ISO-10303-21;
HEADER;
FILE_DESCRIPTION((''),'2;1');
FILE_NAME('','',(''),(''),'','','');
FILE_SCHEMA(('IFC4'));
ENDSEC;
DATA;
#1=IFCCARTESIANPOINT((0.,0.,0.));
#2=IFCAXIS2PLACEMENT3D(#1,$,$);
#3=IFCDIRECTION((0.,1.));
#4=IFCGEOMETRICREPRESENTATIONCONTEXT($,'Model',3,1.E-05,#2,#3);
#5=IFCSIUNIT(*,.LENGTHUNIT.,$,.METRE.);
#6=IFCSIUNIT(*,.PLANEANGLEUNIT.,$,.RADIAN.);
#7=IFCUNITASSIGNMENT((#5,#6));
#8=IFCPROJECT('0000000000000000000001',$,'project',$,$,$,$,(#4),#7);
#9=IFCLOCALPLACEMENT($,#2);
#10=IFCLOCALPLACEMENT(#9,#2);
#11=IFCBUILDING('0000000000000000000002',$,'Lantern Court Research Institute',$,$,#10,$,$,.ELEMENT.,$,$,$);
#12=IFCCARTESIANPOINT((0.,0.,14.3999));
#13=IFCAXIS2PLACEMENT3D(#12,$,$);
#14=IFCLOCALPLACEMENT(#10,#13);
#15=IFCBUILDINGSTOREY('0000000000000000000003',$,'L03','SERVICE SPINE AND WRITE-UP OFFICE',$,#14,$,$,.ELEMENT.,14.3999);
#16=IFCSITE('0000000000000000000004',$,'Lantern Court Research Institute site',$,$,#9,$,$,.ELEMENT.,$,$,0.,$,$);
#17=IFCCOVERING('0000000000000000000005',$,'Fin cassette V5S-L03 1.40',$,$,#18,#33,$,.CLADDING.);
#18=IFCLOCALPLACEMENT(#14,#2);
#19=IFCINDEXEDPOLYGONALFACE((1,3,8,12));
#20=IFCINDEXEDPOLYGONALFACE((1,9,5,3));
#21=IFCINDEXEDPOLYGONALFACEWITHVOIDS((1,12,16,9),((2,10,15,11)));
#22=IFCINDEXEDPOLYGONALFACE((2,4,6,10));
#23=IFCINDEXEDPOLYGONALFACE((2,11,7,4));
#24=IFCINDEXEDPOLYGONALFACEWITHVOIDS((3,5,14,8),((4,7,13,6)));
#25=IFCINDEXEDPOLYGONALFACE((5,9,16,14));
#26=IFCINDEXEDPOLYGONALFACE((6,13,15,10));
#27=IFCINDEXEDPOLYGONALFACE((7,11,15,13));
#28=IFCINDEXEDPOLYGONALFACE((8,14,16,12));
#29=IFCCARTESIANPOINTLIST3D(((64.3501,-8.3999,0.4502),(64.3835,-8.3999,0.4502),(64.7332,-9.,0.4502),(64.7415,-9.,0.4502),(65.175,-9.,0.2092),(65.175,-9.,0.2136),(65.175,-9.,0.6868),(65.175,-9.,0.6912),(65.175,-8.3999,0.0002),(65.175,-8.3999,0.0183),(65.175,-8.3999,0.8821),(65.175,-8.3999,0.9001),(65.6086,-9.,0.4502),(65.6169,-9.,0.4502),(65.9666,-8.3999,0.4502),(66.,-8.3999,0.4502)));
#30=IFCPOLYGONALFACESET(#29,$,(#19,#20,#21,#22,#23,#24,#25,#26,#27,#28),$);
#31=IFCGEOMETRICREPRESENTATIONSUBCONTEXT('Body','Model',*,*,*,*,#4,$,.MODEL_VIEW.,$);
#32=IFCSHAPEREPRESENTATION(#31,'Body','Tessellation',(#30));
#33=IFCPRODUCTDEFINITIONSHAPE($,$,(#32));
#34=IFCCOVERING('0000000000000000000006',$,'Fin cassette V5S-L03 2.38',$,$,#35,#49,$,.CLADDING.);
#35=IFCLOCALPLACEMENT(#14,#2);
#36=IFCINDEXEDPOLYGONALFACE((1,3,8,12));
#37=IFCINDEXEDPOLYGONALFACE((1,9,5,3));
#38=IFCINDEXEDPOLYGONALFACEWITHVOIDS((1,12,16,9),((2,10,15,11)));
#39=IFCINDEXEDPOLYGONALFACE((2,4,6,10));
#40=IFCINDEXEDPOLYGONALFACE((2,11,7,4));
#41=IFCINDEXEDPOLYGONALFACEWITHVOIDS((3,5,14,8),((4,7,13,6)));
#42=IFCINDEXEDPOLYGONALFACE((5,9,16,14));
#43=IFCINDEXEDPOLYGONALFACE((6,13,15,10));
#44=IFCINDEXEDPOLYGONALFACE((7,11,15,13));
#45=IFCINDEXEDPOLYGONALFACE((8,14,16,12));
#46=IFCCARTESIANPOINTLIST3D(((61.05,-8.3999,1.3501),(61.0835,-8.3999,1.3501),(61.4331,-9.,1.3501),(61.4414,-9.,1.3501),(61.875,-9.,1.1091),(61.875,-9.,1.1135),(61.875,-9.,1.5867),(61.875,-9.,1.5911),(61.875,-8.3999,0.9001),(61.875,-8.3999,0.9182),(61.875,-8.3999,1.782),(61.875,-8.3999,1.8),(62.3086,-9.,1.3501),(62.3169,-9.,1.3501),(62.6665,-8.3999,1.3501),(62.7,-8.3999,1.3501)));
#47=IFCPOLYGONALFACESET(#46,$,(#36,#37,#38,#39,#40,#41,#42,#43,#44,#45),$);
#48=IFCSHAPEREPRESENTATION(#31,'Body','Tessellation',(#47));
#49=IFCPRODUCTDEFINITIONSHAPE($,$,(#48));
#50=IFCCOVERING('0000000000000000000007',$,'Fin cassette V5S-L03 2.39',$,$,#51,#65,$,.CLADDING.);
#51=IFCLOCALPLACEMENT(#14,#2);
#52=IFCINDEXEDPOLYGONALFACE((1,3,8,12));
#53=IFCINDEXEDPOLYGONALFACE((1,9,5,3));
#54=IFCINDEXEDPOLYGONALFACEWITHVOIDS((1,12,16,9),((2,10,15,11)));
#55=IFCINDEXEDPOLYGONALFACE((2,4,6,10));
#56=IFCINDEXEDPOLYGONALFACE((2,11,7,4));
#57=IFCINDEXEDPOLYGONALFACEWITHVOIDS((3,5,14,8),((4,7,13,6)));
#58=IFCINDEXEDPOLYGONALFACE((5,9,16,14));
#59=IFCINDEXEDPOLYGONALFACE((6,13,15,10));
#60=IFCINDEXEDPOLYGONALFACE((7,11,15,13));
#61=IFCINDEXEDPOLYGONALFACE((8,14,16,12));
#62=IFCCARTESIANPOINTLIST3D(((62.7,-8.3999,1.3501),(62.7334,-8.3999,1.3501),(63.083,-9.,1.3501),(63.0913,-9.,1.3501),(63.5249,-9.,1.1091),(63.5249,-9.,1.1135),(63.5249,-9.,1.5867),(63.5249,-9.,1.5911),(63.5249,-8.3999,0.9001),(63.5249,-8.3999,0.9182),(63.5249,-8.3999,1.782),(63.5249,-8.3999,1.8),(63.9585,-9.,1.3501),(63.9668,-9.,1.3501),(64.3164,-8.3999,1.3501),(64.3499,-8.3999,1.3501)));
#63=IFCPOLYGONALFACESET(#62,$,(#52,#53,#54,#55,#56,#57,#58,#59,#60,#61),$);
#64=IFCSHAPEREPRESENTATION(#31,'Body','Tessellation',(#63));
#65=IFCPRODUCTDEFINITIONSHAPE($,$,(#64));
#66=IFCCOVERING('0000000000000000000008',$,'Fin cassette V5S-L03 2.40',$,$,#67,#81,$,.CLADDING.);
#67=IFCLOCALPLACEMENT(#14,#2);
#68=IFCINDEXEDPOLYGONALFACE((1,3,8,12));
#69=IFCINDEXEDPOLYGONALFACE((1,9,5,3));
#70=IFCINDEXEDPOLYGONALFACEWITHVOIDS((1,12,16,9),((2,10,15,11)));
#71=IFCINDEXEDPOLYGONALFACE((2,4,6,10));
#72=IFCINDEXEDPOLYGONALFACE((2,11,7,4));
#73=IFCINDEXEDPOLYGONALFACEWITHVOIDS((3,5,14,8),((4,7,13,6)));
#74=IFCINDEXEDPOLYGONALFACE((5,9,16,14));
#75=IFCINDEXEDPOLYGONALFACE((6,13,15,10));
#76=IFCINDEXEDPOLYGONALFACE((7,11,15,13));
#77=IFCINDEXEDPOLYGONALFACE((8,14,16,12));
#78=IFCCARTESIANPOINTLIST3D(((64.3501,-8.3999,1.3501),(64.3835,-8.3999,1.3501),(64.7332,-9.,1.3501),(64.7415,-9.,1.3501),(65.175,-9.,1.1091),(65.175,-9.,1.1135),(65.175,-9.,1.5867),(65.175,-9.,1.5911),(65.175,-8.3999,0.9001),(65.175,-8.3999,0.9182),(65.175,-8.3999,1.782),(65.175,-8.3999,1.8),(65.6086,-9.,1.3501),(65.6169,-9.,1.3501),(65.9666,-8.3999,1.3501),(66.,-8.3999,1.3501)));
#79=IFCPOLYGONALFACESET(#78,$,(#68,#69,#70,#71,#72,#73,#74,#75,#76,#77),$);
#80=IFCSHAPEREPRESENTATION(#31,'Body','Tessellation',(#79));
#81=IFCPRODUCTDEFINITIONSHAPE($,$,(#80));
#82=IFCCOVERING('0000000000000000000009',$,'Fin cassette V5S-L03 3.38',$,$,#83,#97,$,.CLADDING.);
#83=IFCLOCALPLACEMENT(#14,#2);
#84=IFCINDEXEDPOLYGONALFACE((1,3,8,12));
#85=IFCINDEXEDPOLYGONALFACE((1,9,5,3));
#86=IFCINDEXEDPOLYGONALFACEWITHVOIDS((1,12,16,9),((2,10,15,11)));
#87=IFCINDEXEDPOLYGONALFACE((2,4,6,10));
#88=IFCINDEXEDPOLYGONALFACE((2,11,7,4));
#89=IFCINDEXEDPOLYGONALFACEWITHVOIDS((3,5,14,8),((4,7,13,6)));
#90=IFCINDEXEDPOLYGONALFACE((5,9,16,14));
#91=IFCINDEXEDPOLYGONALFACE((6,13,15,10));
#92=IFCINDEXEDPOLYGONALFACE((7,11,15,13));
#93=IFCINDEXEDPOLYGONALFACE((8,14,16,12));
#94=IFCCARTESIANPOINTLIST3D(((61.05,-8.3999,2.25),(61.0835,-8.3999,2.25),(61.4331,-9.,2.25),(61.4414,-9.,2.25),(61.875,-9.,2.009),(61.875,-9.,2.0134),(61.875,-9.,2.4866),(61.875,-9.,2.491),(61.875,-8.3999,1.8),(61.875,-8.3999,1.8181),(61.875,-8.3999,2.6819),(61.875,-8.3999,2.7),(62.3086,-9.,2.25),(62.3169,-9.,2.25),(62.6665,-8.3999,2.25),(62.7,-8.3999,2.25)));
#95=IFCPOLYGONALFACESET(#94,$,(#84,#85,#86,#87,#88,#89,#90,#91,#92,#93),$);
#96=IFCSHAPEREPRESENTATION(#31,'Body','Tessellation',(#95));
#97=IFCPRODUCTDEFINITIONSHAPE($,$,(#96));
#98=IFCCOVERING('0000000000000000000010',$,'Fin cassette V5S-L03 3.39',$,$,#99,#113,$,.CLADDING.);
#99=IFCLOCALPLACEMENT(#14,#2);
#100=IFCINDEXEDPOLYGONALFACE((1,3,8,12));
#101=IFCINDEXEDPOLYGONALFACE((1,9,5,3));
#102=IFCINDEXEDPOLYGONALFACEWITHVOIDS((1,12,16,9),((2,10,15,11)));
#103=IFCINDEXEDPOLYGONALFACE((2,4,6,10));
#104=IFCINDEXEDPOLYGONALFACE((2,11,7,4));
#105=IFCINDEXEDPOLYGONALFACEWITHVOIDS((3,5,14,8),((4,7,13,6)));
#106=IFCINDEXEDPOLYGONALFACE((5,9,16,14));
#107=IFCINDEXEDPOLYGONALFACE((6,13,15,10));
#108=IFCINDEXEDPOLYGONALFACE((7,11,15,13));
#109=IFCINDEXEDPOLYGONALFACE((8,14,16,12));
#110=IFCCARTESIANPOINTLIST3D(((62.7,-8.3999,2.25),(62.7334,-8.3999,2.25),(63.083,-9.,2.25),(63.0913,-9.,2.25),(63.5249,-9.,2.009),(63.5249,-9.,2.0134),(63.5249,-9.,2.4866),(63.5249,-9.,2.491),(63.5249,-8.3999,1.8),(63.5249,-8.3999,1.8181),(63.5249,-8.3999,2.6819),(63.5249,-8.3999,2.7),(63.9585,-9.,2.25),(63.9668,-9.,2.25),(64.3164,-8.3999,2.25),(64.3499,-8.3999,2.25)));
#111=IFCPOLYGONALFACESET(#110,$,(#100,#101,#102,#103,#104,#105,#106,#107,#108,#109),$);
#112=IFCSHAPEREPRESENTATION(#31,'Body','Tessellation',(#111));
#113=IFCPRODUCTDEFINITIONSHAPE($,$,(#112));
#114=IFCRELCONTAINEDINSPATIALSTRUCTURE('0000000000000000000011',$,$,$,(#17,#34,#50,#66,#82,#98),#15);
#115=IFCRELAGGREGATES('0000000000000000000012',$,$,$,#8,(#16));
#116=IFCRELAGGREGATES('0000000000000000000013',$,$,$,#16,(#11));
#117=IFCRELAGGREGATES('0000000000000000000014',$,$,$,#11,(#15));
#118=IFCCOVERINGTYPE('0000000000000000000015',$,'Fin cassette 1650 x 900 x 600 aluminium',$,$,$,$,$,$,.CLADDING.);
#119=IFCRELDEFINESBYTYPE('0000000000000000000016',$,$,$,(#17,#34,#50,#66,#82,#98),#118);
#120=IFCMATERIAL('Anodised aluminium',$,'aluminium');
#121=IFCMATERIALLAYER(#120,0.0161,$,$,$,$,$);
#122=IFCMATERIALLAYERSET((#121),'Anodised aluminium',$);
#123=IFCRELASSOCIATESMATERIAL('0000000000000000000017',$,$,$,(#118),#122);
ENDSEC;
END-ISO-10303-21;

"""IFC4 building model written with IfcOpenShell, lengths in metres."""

from ifc_helpers import new_model, entity, si_unit, direction, frame, origin, place, context, subcontext, project, spatial, material, layer, layer_set, type_object, element, save


model = new_model("IFC4")

# Units and contexts
model_context = context("Model", 3, precision=1e-05, world=origin(), true_north=direction((0.0, 1.0)))
body_context = subcontext(model_context, "Body", "Model", "MODEL_VIEW")
ifc_project = project(units=[si_unit("LENGTHUNIT", "METRE"), si_unit("PLANEANGLEUNIT", "RADIAN")], contexts=[model_context])

# Site, building, storey
site_placement = place(None, origin())
site = spatial("IfcSite", under=ifc_project, at=site_placement, Name="Lantern Court Research Institute site", CompositionType="ELEMENT", RefElevation=0.0)
building_placement = place(site_placement, origin())
building = spatial("IfcBuilding", under=site, at=building_placement, Name="Lantern Court Research Institute", CompositionType="ELEMENT")
storey_placement = place(building_placement, frame((0.0, 0.0, 14.3999)))
storey = spatial("IfcBuildingStorey", under=building, at=storey_placement, Name="L03", Description="SERVICE SPINE AND WRITE-UP OFFICE", CompositionType="ELEMENT", Elevation=14.3999)

# Coverings
ifc_material_1 = material(Name="Anodised aluminium", Category="aluminium")
ifc_layer_1 = layer(ifc_material_1, 0.0161)
ifc_layer_set_1 = layer_set([ifc_layer_1], Name="Anodised aluminium")
covering_type = type_object("IfcCoveringType", Name="Fin cassette 1650 x 900 x 600 aluminium", PredefinedType="CLADDING", material=ifc_layer_set_1)
covering_1_placement = place(storey_placement, frame((65.175, -8.3999, 0.4502), z_axis=(0.0, -1.0, 0.0), x_axis=(1.0, 0.0, 0.0)))
cartesian_point_1 = entity("IfcCartesianPoint", [0.825, 0.0])
cartesian_point_2 = entity("IfcCartesianPoint", [0.7915, 0.0])
cartesian_point_3 = entity("IfcCartesianPoint", [0.4419, 0.0])
cartesian_point_4 = entity("IfcCartesianPoint", [0.4336, 0.0])
element("IfcCovering", 1, at=covering_1_placement, inside=storey, type_object=covering_type, Name="Fin cassette V5S-L03 1.40", PredefinedType="CLADDING", context=body_context, shape_type="SweptSolid", body=[
    entity("IfcExtrudedAreaSolidTapered", entity("IfcArbitraryProfileDefWithVoids", "AREA", None, entity("IfcPolyline", [cartesian_point_1, entity("IfcCartesianPoint", [0.0, 0.45]), entity("IfcCartesianPoint", [-0.825, 0.0]), entity("IfcCartesianPoint", [0.0, -0.45]), cartesian_point_1]), [entity("IfcPolyline", [cartesian_point_2, entity("IfcCartesianPoint", [0.0, 0.4319]), entity("IfcCartesianPoint", [-0.7915, 0.0]), entity("IfcCartesianPoint", [0.0, -0.4319]), cartesian_point_2])]), entity("IfcAxis2Placement3D", entity("IfcCartesianPoint", [0.0, 0.0, 0.0])), entity("IfcDirection", [0.0, 0.0, 1.0]), 0.6001, entity("IfcArbitraryProfileDefWithVoids", "AREA", None, entity("IfcPolyline", [cartesian_point_3, entity("IfcCartesianPoint", [0.0, 0.241]), entity("IfcCartesianPoint", [-0.4419, 0.0]), entity("IfcCartesianPoint", [0.0, -0.241]), cartesian_point_3]), [entity("IfcPolyline", [cartesian_point_4, entity("IfcCartesianPoint", [0.0, 0.2366]), entity("IfcCartesianPoint", [-0.4336, 0.0]), entity("IfcCartesianPoint", [0.0, -0.2366]), cartesian_point_4])])),
])
covering_2_placement = place(storey_placement, frame((61.875, -8.3999, 1.3501), z_axis=(0.0, -1.0, 0.0), x_axis=(1.0, 0.0, 0.0)))
cartesian_point_5 = entity("IfcCartesianPoint", [0.825, 0.0])
cartesian_point_6 = entity("IfcCartesianPoint", [0.7915, 0.0])
cartesian_point_7 = entity("IfcCartesianPoint", [0.4419, 0.0])
cartesian_point_8 = entity("IfcCartesianPoint", [0.4336, 0.0])
element("IfcCovering", 2, at=covering_2_placement, inside=storey, type_object=covering_type, Name="Fin cassette V5S-L03 2.38", PredefinedType="CLADDING", context=body_context, shape_type="SweptSolid", body=[
    entity("IfcExtrudedAreaSolidTapered", entity("IfcArbitraryProfileDefWithVoids", "AREA", None, entity("IfcPolyline", [cartesian_point_5, entity("IfcCartesianPoint", [0.0, 0.45]), entity("IfcCartesianPoint", [-0.825, 0.0]), entity("IfcCartesianPoint", [0.0, -0.45]), cartesian_point_5]), [entity("IfcPolyline", [cartesian_point_6, entity("IfcCartesianPoint", [0.0, 0.4319]), entity("IfcCartesianPoint", [-0.7915, 0.0]), entity("IfcCartesianPoint", [0.0, -0.4319]), cartesian_point_6])]), entity("IfcAxis2Placement3D", entity("IfcCartesianPoint", [0.0, 0.0, 0.0])), entity("IfcDirection", [0.0, 0.0, 1.0]), 0.6001, entity("IfcArbitraryProfileDefWithVoids", "AREA", None, entity("IfcPolyline", [cartesian_point_7, entity("IfcCartesianPoint", [0.0, 0.241]), entity("IfcCartesianPoint", [-0.4419, 0.0]), entity("IfcCartesianPoint", [0.0, -0.241]), cartesian_point_7]), [entity("IfcPolyline", [cartesian_point_8, entity("IfcCartesianPoint", [0.0, 0.2366]), entity("IfcCartesianPoint", [-0.4336, 0.0]), entity("IfcCartesianPoint", [0.0, -0.2366]), cartesian_point_8])])),
])
covering_3_placement = place(storey_placement, frame((63.5249, -8.3999, 1.3501), z_axis=(0.0, -1.0, 0.0), x_axis=(1.0, 0.0, 0.0)))
cartesian_point_9 = entity("IfcCartesianPoint", [0.825, 0.0])
cartesian_point_10 = entity("IfcCartesianPoint", [0.7915, 0.0])
cartesian_point_11 = entity("IfcCartesianPoint", [0.4419, 0.0])
cartesian_point_12 = entity("IfcCartesianPoint", [0.4336, 0.0])
element("IfcCovering", 3, at=covering_3_placement, inside=storey, type_object=covering_type, Name="Fin cassette V5S-L03 2.39", PredefinedType="CLADDING", context=body_context, shape_type="SweptSolid", body=[
    entity("IfcExtrudedAreaSolidTapered", entity("IfcArbitraryProfileDefWithVoids", "AREA", None, entity("IfcPolyline", [cartesian_point_9, entity("IfcCartesianPoint", [0.0, 0.45]), entity("IfcCartesianPoint", [-0.825, 0.0]), entity("IfcCartesianPoint", [0.0, -0.45]), cartesian_point_9]), [entity("IfcPolyline", [cartesian_point_10, entity("IfcCartesianPoint", [0.0, 0.4319]), entity("IfcCartesianPoint", [-0.7915, 0.0]), entity("IfcCartesianPoint", [0.0, -0.4319]), cartesian_point_10])]), entity("IfcAxis2Placement3D", entity("IfcCartesianPoint", [0.0, 0.0, 0.0])), entity("IfcDirection", [0.0, 0.0, 1.0]), 0.6001, entity("IfcArbitraryProfileDefWithVoids", "AREA", None, entity("IfcPolyline", [cartesian_point_11, entity("IfcCartesianPoint", [0.0, 0.241]), entity("IfcCartesianPoint", [-0.4419, 0.0]), entity("IfcCartesianPoint", [0.0, -0.241]), cartesian_point_11]), [entity("IfcPolyline", [cartesian_point_12, entity("IfcCartesianPoint", [0.0, 0.2366]), entity("IfcCartesianPoint", [-0.4336, 0.0]), entity("IfcCartesianPoint", [0.0, -0.2366]), cartesian_point_12])])),
])
covering_4_placement = place(storey_placement, frame((65.175, -8.3999, 1.3501), z_axis=(0.0, -1.0, 0.0), x_axis=(1.0, 0.0, 0.0)))
cartesian_point_13 = entity("IfcCartesianPoint", [0.825, 0.0])
cartesian_point_14 = entity("IfcCartesianPoint", [0.7915, 0.0])
cartesian_point_15 = entity("IfcCartesianPoint", [0.4419, 0.0])
cartesian_point_16 = entity("IfcCartesianPoint", [0.4336, 0.0])
element("IfcCovering", 4, at=covering_4_placement, inside=storey, type_object=covering_type, Name="Fin cassette V5S-L03 2.40", PredefinedType="CLADDING", context=body_context, shape_type="SweptSolid", body=[
    entity("IfcExtrudedAreaSolidTapered", entity("IfcArbitraryProfileDefWithVoids", "AREA", None, entity("IfcPolyline", [cartesian_point_13, entity("IfcCartesianPoint", [0.0, 0.45]), entity("IfcCartesianPoint", [-0.825, 0.0]), entity("IfcCartesianPoint", [0.0, -0.45]), cartesian_point_13]), [entity("IfcPolyline", [cartesian_point_14, entity("IfcCartesianPoint", [0.0, 0.4319]), entity("IfcCartesianPoint", [-0.7915, 0.0]), entity("IfcCartesianPoint", [0.0, -0.4319]), cartesian_point_14])]), entity("IfcAxis2Placement3D", entity("IfcCartesianPoint", [0.0, 0.0, 0.0])), entity("IfcDirection", [0.0, 0.0, 1.0]), 0.6001, entity("IfcArbitraryProfileDefWithVoids", "AREA", None, entity("IfcPolyline", [cartesian_point_15, entity("IfcCartesianPoint", [0.0, 0.241]), entity("IfcCartesianPoint", [-0.4419, 0.0]), entity("IfcCartesianPoint", [0.0, -0.241]), cartesian_point_15]), [entity("IfcPolyline", [cartesian_point_16, entity("IfcCartesianPoint", [0.0, 0.2366]), entity("IfcCartesianPoint", [-0.4336, 0.0]), entity("IfcCartesianPoint", [0.0, -0.2366]), cartesian_point_16])])),
])
covering_5_placement = place(storey_placement, frame((61.875, -8.3999, 2.25), z_axis=(0.0, -1.0, 0.0), x_axis=(1.0, 0.0, 0.0)))
cartesian_point_17 = entity("IfcCartesianPoint", [0.825, 0.0])
cartesian_point_18 = entity("IfcCartesianPoint", [0.7915, 0.0])
cartesian_point_19 = entity("IfcCartesianPoint", [0.4419, 0.0])
cartesian_point_20 = entity("IfcCartesianPoint", [0.4336, 0.0])
element("IfcCovering", 5, at=covering_5_placement, inside=storey, type_object=covering_type, Name="Fin cassette V5S-L03 3.38", PredefinedType="CLADDING", context=body_context, shape_type="SweptSolid", body=[
    entity("IfcExtrudedAreaSolidTapered", entity("IfcArbitraryProfileDefWithVoids", "AREA", None, entity("IfcPolyline", [cartesian_point_17, entity("IfcCartesianPoint", [0.0, 0.45]), entity("IfcCartesianPoint", [-0.825, 0.0]), entity("IfcCartesianPoint", [0.0, -0.45]), cartesian_point_17]), [entity("IfcPolyline", [cartesian_point_18, entity("IfcCartesianPoint", [0.0, 0.4319]), entity("IfcCartesianPoint", [-0.7915, 0.0]), entity("IfcCartesianPoint", [0.0, -0.4319]), cartesian_point_18])]), entity("IfcAxis2Placement3D", entity("IfcCartesianPoint", [0.0, 0.0, 0.0])), entity("IfcDirection", [0.0, 0.0, 1.0]), 0.6001, entity("IfcArbitraryProfileDefWithVoids", "AREA", None, entity("IfcPolyline", [cartesian_point_19, entity("IfcCartesianPoint", [0.0, 0.241]), entity("IfcCartesianPoint", [-0.4419, 0.0]), entity("IfcCartesianPoint", [0.0, -0.241]), cartesian_point_19]), [entity("IfcPolyline", [cartesian_point_20, entity("IfcCartesianPoint", [0.0, 0.2366]), entity("IfcCartesianPoint", [-0.4336, 0.0]), entity("IfcCartesianPoint", [0.0, -0.2366]), cartesian_point_20])])),
])
covering_6_placement = place(storey_placement, frame((63.5249, -8.3999, 2.25), z_axis=(0.0, -1.0, 0.0), x_axis=(1.0, 0.0, 0.0)))
cartesian_point_21 = entity("IfcCartesianPoint", [0.825, 0.0])
cartesian_point_22 = entity("IfcCartesianPoint", [0.7915, 0.0])
cartesian_point_23 = entity("IfcCartesianPoint", [0.4419, 0.0])
cartesian_point_24 = entity("IfcCartesianPoint", [0.4336, 0.0])
element("IfcCovering", 6, at=covering_6_placement, inside=storey, type_object=covering_type, Name="Fin cassette V5S-L03 3.39", PredefinedType="CLADDING", context=body_context, shape_type="SweptSolid", body=[
    entity("IfcExtrudedAreaSolidTapered", entity("IfcArbitraryProfileDefWithVoids", "AREA", None, entity("IfcPolyline", [cartesian_point_21, entity("IfcCartesianPoint", [0.0, 0.45]), entity("IfcCartesianPoint", [-0.825, 0.0]), entity("IfcCartesianPoint", [0.0, -0.45]), cartesian_point_21]), [entity("IfcPolyline", [cartesian_point_22, entity("IfcCartesianPoint", [0.0, 0.4319]), entity("IfcCartesianPoint", [-0.7915, 0.0]), entity("IfcCartesianPoint", [0.0, -0.4319]), cartesian_point_22])]), entity("IfcAxis2Placement3D", entity("IfcCartesianPoint", [0.0, 0.0, 0.0])), entity("IfcDirection", [0.0, 0.0, 1.0]), 0.6001, entity("IfcArbitraryProfileDefWithVoids", "AREA", None, entity("IfcPolyline", [cartesian_point_23, entity("IfcCartesianPoint", [0.0, 0.241]), entity("IfcCartesianPoint", [-0.4419, 0.0]), entity("IfcCartesianPoint", [0.0, -0.241]), cartesian_point_23]), [entity("IfcPolyline", [cartesian_point_24, entity("IfcCartesianPoint", [0.0, 0.2366]), entity("IfcCartesianPoint", [-0.4336, 0.0]), entity("IfcCartesianPoint", [0.0, -0.2366]), cartesian_point_24])])),
])

save(model, "model.ifc")
